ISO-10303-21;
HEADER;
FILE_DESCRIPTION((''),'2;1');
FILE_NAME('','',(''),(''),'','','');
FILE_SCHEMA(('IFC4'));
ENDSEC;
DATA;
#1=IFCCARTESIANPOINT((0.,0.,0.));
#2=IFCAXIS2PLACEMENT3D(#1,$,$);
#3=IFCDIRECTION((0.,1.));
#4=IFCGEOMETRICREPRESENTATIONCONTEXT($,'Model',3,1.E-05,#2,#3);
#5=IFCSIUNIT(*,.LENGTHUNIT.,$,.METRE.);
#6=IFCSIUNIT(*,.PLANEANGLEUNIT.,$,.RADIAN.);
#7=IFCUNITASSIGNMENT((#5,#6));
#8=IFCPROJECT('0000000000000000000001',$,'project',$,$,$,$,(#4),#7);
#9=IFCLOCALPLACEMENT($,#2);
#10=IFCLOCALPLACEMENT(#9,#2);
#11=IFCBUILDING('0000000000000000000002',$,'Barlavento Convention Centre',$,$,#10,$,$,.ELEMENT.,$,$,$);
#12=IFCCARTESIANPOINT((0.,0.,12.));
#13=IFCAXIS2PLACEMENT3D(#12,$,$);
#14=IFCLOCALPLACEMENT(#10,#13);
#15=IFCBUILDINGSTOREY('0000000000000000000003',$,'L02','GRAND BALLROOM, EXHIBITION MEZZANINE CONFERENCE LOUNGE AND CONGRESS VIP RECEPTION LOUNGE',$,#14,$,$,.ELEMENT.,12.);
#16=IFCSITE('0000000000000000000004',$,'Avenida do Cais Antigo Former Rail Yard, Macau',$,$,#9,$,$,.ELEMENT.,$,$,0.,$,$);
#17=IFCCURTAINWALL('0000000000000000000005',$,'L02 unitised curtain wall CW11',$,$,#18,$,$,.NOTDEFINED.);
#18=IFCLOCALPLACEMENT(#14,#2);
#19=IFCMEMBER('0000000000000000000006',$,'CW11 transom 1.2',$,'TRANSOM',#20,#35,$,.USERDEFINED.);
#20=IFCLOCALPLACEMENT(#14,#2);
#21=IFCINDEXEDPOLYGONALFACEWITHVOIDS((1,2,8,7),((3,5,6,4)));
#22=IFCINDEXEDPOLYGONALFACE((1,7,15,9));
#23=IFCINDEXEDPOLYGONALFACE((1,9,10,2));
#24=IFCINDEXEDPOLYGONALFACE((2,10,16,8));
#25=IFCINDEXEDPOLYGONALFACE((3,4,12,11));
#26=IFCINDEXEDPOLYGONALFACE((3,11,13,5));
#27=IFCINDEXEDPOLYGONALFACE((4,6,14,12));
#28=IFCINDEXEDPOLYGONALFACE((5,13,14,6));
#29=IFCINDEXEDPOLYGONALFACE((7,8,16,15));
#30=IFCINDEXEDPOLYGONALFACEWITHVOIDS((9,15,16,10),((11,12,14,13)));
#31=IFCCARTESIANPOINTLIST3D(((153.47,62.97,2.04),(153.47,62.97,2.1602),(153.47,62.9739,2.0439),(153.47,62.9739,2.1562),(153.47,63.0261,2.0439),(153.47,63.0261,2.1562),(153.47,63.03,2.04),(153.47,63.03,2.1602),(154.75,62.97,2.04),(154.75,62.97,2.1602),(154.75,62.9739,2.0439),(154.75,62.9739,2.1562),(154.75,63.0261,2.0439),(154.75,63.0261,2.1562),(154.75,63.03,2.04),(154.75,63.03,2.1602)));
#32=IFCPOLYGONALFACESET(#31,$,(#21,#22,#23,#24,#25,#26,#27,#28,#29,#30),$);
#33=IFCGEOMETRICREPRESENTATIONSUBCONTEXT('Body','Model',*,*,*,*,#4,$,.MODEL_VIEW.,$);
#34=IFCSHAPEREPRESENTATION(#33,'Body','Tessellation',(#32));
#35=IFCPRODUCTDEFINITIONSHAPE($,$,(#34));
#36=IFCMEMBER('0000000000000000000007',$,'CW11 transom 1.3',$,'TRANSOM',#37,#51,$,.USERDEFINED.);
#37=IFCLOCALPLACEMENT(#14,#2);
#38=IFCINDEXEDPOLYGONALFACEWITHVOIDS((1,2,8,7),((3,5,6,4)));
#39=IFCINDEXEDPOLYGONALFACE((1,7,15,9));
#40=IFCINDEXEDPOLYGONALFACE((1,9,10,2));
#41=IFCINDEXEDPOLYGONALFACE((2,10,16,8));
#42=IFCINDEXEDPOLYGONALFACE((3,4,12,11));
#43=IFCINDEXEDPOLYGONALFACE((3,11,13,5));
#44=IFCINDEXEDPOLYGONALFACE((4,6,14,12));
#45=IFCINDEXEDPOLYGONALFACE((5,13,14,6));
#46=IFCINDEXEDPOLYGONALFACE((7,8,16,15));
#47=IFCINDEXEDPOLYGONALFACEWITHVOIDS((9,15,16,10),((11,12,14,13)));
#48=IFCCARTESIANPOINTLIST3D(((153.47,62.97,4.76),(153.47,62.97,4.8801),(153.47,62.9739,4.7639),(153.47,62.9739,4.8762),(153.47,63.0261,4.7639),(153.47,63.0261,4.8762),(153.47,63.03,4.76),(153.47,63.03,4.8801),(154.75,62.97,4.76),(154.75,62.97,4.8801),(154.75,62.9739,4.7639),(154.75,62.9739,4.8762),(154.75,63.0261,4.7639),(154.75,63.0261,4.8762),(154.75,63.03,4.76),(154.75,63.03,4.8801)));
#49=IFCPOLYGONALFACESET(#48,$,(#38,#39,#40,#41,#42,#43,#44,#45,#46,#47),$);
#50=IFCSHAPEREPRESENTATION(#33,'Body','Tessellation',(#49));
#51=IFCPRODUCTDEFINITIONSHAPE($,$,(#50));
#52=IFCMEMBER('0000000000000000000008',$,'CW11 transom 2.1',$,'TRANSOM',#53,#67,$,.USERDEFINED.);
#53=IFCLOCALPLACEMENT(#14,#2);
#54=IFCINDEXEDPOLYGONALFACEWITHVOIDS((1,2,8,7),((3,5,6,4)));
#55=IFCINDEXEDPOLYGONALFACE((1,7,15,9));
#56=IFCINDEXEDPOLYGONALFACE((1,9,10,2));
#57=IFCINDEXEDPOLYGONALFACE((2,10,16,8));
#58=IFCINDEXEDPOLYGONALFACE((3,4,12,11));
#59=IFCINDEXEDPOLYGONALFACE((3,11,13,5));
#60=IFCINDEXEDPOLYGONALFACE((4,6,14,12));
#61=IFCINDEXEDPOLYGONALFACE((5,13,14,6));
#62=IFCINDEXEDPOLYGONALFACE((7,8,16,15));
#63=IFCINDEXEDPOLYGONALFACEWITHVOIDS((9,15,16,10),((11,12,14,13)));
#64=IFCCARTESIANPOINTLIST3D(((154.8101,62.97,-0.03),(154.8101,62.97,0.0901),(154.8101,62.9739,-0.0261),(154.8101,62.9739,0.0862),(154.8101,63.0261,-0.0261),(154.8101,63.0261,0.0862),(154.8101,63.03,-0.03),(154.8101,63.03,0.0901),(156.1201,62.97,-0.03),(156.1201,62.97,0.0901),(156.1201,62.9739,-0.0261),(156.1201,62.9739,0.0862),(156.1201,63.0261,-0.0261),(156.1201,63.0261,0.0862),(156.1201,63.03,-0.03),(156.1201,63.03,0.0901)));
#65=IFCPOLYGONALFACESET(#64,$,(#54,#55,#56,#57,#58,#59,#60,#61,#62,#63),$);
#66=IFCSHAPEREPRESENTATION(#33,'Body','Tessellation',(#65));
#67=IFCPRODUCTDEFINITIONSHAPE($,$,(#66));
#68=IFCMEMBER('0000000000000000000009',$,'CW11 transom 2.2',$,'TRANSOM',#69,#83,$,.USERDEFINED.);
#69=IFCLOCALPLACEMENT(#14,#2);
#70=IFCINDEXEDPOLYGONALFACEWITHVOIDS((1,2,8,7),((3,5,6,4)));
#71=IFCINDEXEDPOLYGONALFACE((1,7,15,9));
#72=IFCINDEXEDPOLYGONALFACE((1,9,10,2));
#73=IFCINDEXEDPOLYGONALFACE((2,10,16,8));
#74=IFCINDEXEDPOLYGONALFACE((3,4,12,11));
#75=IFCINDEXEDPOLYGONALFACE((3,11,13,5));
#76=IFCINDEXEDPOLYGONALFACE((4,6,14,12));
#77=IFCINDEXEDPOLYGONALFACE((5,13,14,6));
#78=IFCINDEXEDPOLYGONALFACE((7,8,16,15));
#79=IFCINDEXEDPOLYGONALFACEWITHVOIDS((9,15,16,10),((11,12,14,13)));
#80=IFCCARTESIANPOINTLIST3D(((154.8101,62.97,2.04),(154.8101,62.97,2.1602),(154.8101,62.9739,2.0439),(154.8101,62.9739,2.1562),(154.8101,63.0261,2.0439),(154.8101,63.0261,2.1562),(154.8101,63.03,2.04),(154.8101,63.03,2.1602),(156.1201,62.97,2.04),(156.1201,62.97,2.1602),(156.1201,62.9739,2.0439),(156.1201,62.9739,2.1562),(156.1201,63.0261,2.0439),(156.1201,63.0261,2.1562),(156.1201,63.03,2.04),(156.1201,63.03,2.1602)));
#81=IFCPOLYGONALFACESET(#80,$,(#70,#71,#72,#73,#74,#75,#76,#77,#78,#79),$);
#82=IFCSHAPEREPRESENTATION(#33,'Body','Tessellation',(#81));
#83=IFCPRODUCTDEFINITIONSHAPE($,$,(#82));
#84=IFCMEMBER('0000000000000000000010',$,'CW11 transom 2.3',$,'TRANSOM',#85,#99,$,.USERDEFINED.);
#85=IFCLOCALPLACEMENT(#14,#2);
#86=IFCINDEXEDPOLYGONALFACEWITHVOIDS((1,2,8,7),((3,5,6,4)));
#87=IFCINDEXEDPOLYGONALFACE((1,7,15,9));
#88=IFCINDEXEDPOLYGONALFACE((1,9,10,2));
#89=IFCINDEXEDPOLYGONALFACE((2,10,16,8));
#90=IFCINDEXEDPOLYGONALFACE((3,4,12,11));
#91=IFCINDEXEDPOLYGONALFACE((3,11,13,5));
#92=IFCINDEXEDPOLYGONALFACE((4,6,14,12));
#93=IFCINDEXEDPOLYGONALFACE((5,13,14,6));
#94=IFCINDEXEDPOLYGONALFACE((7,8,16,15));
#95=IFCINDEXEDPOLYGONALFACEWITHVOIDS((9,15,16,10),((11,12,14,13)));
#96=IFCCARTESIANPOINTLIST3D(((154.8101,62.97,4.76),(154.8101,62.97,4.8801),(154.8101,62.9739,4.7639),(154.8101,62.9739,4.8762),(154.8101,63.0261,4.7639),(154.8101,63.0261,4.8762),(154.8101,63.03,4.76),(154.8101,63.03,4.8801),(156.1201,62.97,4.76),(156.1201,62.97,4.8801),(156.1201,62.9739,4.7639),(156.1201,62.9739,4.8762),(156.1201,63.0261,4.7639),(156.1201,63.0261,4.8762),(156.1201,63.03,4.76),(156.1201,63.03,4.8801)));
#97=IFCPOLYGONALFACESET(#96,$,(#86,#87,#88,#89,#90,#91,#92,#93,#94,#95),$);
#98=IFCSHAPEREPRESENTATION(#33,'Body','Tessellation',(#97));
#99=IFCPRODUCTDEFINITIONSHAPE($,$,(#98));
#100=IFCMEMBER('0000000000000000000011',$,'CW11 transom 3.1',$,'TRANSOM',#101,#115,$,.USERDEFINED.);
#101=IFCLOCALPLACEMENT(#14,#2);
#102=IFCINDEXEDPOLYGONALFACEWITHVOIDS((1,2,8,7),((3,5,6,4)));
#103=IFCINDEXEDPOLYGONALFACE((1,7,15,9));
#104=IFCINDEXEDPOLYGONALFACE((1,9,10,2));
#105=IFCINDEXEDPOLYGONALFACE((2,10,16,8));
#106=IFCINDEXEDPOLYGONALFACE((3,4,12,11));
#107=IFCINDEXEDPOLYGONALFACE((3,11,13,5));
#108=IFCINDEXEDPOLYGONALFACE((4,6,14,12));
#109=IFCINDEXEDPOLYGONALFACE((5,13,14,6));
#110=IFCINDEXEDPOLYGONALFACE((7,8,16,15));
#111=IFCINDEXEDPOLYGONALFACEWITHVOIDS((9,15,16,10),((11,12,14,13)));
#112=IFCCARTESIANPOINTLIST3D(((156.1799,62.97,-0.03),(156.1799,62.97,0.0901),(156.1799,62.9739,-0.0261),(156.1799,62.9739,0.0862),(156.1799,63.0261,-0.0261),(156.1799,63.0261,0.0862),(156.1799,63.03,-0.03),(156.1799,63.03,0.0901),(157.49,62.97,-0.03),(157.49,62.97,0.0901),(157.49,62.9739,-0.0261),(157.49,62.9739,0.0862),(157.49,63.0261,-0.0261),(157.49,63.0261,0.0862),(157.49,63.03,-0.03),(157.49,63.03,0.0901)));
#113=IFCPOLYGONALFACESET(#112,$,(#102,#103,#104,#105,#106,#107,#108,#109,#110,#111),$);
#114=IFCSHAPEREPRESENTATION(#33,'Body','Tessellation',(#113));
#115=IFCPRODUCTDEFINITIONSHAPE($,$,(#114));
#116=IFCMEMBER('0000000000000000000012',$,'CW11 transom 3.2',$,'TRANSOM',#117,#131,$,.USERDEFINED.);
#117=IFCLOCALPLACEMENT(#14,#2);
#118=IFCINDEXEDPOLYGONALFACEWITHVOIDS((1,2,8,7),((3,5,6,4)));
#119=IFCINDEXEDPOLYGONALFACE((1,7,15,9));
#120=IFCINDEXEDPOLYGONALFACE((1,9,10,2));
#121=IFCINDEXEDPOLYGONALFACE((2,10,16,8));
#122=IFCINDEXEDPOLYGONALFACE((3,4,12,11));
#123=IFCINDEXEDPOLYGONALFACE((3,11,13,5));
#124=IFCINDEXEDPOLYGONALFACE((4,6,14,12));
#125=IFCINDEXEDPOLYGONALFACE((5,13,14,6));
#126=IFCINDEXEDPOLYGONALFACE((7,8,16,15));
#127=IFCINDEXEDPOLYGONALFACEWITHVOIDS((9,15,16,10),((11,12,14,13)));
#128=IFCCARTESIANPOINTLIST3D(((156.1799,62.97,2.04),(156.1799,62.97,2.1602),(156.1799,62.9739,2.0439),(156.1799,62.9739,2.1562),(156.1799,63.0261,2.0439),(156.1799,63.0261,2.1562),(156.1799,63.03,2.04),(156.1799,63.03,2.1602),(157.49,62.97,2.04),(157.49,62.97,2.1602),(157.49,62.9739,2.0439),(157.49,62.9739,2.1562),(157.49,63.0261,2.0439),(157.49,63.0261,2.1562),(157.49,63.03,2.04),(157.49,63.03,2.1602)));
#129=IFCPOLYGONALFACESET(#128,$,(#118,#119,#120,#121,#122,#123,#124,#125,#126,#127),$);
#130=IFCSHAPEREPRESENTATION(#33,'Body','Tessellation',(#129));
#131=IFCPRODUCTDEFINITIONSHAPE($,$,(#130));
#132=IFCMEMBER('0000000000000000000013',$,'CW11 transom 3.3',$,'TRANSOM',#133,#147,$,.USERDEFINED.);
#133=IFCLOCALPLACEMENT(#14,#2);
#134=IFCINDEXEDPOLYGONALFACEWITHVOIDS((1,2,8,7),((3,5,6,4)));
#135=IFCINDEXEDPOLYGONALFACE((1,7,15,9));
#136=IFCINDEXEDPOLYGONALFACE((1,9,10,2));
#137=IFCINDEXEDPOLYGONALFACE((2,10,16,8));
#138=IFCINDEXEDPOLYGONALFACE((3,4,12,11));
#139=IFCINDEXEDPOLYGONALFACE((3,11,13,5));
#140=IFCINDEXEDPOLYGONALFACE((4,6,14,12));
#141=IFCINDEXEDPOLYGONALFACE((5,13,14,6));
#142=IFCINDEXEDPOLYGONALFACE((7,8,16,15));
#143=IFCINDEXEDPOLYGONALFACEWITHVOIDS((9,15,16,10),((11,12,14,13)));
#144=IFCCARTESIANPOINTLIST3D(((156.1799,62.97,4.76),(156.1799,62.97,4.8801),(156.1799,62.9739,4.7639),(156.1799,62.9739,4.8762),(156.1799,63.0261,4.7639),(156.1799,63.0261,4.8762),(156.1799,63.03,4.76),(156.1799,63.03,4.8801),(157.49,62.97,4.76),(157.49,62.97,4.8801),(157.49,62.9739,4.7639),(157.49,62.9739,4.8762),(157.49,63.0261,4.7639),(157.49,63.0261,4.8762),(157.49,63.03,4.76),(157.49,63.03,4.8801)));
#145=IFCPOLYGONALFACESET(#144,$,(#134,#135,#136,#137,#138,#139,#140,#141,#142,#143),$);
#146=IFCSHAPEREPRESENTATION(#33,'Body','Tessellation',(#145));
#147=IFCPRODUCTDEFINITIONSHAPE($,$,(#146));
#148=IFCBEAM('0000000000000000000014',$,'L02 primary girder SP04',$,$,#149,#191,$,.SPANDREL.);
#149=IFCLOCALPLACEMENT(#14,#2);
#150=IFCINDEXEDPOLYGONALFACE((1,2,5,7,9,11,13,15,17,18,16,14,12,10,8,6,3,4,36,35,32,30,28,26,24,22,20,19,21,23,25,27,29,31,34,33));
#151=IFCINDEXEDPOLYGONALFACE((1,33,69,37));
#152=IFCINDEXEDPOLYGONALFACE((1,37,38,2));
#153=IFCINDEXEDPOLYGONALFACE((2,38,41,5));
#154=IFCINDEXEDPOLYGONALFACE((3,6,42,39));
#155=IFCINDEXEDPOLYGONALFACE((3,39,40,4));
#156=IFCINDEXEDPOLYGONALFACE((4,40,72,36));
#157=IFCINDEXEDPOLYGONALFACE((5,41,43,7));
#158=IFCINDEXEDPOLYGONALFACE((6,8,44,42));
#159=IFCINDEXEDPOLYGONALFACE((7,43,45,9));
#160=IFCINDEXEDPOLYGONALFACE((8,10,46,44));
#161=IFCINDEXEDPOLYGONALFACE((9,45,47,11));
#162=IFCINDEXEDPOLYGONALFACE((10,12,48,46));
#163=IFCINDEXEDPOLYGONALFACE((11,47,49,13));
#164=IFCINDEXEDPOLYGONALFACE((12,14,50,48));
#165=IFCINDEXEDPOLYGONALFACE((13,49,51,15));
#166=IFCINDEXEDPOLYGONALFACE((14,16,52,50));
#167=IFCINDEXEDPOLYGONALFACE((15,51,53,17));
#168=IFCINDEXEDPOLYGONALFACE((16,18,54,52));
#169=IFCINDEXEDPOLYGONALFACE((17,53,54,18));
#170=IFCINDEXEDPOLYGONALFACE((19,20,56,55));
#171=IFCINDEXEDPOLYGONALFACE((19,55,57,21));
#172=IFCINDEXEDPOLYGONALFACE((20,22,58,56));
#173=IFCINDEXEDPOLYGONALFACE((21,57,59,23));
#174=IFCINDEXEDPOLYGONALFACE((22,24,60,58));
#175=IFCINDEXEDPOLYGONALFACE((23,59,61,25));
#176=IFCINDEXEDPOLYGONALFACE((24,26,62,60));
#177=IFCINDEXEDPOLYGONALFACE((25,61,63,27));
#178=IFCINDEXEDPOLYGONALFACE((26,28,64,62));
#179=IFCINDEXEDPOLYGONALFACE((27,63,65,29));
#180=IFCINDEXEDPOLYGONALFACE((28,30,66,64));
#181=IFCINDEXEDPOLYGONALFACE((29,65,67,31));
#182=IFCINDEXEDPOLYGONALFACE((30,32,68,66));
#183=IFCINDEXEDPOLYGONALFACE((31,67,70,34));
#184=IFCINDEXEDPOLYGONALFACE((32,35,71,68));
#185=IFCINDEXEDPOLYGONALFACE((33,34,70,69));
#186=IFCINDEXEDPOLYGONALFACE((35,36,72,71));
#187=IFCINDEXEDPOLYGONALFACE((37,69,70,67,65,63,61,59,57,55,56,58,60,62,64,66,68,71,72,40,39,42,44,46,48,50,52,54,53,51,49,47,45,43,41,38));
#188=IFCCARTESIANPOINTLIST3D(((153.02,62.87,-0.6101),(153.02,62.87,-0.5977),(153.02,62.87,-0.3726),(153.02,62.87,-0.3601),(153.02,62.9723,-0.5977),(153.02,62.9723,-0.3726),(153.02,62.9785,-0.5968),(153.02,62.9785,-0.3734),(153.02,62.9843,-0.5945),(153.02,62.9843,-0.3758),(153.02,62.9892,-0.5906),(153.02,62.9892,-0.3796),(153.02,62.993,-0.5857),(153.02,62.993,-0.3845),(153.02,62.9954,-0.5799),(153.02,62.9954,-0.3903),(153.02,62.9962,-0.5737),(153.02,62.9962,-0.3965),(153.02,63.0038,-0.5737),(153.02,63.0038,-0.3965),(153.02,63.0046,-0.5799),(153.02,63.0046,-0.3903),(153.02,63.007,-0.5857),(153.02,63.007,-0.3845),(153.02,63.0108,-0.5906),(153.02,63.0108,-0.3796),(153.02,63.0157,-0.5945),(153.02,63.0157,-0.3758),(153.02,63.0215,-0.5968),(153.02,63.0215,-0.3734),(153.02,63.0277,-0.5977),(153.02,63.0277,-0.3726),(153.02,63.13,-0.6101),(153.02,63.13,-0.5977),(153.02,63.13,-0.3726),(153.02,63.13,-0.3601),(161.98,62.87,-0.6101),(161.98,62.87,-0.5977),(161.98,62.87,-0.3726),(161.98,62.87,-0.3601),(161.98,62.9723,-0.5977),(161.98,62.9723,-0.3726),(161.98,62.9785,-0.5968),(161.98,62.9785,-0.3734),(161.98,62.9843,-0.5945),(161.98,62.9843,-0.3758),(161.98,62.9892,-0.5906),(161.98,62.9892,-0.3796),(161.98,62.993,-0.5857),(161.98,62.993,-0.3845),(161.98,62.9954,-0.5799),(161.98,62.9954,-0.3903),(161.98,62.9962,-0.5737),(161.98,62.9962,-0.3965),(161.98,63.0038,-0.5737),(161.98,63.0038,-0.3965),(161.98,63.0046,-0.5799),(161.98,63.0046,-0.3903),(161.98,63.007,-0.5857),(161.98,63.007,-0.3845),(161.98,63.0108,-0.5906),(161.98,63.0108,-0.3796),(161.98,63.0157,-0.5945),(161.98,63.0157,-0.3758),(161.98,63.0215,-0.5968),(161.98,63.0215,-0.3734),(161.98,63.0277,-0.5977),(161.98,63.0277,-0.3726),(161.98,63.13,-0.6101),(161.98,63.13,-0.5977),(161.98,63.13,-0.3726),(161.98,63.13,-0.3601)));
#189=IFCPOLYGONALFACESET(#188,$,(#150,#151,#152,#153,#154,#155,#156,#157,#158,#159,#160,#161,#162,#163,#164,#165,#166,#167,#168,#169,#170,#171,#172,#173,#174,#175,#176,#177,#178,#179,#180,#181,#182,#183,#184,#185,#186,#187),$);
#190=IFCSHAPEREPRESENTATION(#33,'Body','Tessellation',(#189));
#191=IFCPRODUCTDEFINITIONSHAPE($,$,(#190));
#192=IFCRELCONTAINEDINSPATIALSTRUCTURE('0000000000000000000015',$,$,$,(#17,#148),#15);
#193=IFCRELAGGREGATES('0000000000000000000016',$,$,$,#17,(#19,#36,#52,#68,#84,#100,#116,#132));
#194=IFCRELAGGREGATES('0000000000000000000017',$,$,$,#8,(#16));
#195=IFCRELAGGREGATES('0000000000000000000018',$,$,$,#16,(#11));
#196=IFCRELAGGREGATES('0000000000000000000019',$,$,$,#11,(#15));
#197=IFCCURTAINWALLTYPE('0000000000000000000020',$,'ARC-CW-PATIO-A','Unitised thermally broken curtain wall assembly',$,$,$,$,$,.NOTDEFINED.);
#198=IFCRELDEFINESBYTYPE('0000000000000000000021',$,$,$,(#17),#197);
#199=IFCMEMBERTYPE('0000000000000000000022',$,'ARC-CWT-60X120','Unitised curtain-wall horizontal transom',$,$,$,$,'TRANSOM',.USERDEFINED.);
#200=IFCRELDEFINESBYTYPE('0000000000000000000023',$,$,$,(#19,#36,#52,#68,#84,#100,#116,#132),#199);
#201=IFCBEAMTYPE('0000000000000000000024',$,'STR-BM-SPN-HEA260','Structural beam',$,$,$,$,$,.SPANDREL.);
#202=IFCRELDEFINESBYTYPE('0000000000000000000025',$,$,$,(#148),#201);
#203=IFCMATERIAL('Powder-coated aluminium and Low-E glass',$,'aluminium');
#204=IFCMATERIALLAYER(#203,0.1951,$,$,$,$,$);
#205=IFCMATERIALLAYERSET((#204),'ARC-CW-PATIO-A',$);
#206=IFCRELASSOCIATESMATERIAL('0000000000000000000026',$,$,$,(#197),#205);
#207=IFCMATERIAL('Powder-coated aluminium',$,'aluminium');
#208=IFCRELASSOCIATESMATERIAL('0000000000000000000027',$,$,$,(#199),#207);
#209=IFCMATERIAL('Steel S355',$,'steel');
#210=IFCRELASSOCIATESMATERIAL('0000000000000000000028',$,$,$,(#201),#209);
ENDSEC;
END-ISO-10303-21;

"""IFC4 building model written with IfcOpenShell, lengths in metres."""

from ifc_helpers import new_model, si_unit, direction, frame, origin, origin_2d, place, context, subcontext, project, spatial, hollow_rectangle, i_section, extrude, material, layer, layer_set, material_profile, profile_set, type_object, element, aggregate, save


model = new_model("IFC4")

# Units and contexts
model_context = context("Model", 3, precision=1e-05, world=origin(), true_north=direction((0.0, 1.0)))
body_context = subcontext(model_context, "Body", "Model", "MODEL_VIEW")
ifc_project = project(units=[si_unit("LENGTHUNIT", "METRE"), si_unit("PLANEANGLEUNIT", "RADIAN")], contexts=[model_context])

# Site, building, storey
site_placement = place(None, origin())
site = spatial("IfcSite", under=ifc_project, at=site_placement, Name="Avenida do Cais Antigo Former Rail Yard, Macau", CompositionType="ELEMENT", RefElevation=0.0)
building_placement = place(site_placement, origin())
building = spatial("IfcBuilding", under=site, at=building_placement, Name="Barlavento Convention Centre", CompositionType="ELEMENT")
storey_placement = place(building_placement, frame((0.0, 0.0, 12.0)))
storey = spatial("IfcBuildingStorey", under=building, at=storey_placement, Name="L02", Description="GRAND BALLROOM, EXHIBITION MEZZANINE CONFERENCE LOUNGE AND CONGRESS VIP RECEPTION LOUNGE", CompositionType="ELEMENT", Elevation=12.0)

# Curtain wall
ifc_material_1 = material(Name="Powder-coated aluminium and Low-E glass", Category="aluminium")
ifc_layer_1 = layer(ifc_material_1, 0.1951)
ifc_layer_set_1 = layer_set([ifc_layer_1], Name="ARC-CW-PATIO-A")
curtain_wall_type = type_object("IfcCurtainWallType", Name="ARC-CW-PATIO-A", Description="Unitised thermally broken curtain wall assembly", PredefinedType="NOTDEFINED", material=ifc_layer_set_1)
ifc_material_2 = material(Name="Powder-coated aluminium", Category="aluminium")
curtain_wall_1_placement = place(storey_placement, origin())
curtain_wall_1 = element("IfcCurtainWall", 1, at=curtain_wall_1_placement, inside=storey, type_object=curtain_wall_type, Name="L02 unitised curtain wall CW11", PredefinedType="NOTDEFINED")

# Members
ifc_material_profile_1 = material_profile(ifc_material_2, hollow_rectangle(XDim=0.0601, YDim=0.1201, WallThickness=0.0039, at=origin_2d()), Name="AL-TRAN 60x120x4")
ifc_profile_set_1 = profile_set([ifc_material_profile_1], Name="Powder-coated aluminium")
member_type_1 = type_object("IfcMemberType", Name="ARC-CWT-60X120", Description="Unitised curtain-wall horizontal transom", ElementType="TRANSOM", PredefinedType="USERDEFINED", material=ifc_profile_set_1)
member_1_placement = place(storey_placement, frame((153.47, 63.0, 2.1001), z_axis=(1.0, 0.0, 0.0), x_axis=(0.0, 1.0, 0.0)))
member_1 = element("IfcMember", 2, at=member_1_placement, type_object=member_type_1, Name="CW11 transom 1.2", ObjectType="TRANSOM", PredefinedType="USERDEFINED", context=body_context, shape_type="SweptSolid", body=[
    extrude(hollow_rectangle(XDim=0.0601, YDim=0.1201, WallThickness=0.0039, at=origin_2d()), origin(), (0.0, 0.0, 1.0), 1.28),
])
member_2_placement = place(storey_placement, frame((153.47, 63.0, 4.8201), z_axis=(1.0, 0.0, 0.0), x_axis=(0.0, 1.0, 0.0)))
member_2 = element("IfcMember", 3, at=member_2_placement, type_object=member_type_1, Name="CW11 transom 1.3", ObjectType="TRANSOM", PredefinedType="USERDEFINED", context=body_context, shape_type="SweptSolid", body=[
    extrude(hollow_rectangle(XDim=0.0601, YDim=0.1201, WallThickness=0.0039, at=origin_2d()), origin(), (0.0, 0.0, 1.0), 1.28),
])
member_3_placement = place(storey_placement, frame((154.8101, 63.0, 0.03), z_axis=(1.0, 0.0, 0.0), x_axis=(0.0, 1.0, 0.0)))
member_3 = element("IfcMember", 4, at=member_3_placement, type_object=member_type_1, Name="CW11 transom 2.1", ObjectType="TRANSOM", PredefinedType="USERDEFINED", context=body_context, shape_type="SweptSolid", body=[
    extrude(hollow_rectangle(XDim=0.0601, YDim=0.1201, WallThickness=0.0039, at=origin_2d()), origin(), (0.0, 0.0, 1.0), 1.3101),
])
member_4_placement = place(storey_placement, frame((154.8101, 63.0, 2.1001), z_axis=(1.0, 0.0, 0.0), x_axis=(0.0, 1.0, 0.0)))
member_4 = element("IfcMember", 5, at=member_4_placement, type_object=member_type_1, Name="CW11 transom 2.2", ObjectType="TRANSOM", PredefinedType="USERDEFINED", context=body_context, shape_type="SweptSolid", body=[
    extrude(hollow_rectangle(XDim=0.0601, YDim=0.1201, WallThickness=0.0039, at=origin_2d()), origin(), (0.0, 0.0, 1.0), 1.3101),
])
member_5_placement = place(storey_placement, frame((154.8101, 63.0, 4.8201), z_axis=(1.0, 0.0, 0.0), x_axis=(0.0, 1.0, 0.0)))
member_5 = element("IfcMember", 6, at=member_5_placement, type_object=member_type_1, Name="CW11 transom 2.3", ObjectType="TRANSOM", PredefinedType="USERDEFINED", context=body_context, shape_type="SweptSolid", body=[
    extrude(hollow_rectangle(XDim=0.0601, YDim=0.1201, WallThickness=0.0039, at=origin_2d()), origin(), (0.0, 0.0, 1.0), 1.3101),
])
member_6_placement = place(storey_placement, frame((156.1799, 63.0, 0.03), z_axis=(1.0, 0.0, 0.0), x_axis=(0.0, 1.0, 0.0)))
member_6 = element("IfcMember", 7, at=member_6_placement, type_object=member_type_1, Name="CW11 transom 3.1", ObjectType="TRANSOM", PredefinedType="USERDEFINED", context=body_context, shape_type="SweptSolid", body=[
    extrude(hollow_rectangle(XDim=0.0601, YDim=0.1201, WallThickness=0.0039, at=origin_2d()), origin(), (0.0, 0.0, 1.0), 1.3101),
])
member_7_placement = place(storey_placement, frame((156.1799, 63.0, 2.1001), z_axis=(1.0, 0.0, 0.0), x_axis=(0.0, 1.0, 0.0)))
member_7 = element("IfcMember", 8, at=member_7_placement, type_object=member_type_1, Name="CW11 transom 3.2", ObjectType="TRANSOM", PredefinedType="USERDEFINED", context=body_context, shape_type="SweptSolid", body=[
    extrude(hollow_rectangle(XDim=0.0601, YDim=0.1201, WallThickness=0.0039, at=origin_2d()), origin(), (0.0, 0.0, 1.0), 1.3101),
])
member_8_placement = place(storey_placement, frame((156.1799, 63.0, 4.8201), z_axis=(1.0, 0.0, 0.0), x_axis=(0.0, 1.0, 0.0)))
member_8 = element("IfcMember", 9, at=member_8_placement, type_object=member_type_1, Name="CW11 transom 3.3", ObjectType="TRANSOM", PredefinedType="USERDEFINED", context=body_context, shape_type="SweptSolid", body=[
    extrude(hollow_rectangle(XDim=0.0601, YDim=0.1201, WallThickness=0.0039, at=origin_2d()), origin(), (0.0, 0.0, 1.0), 1.3101),
])

# Beam
ifc_material_3 = material(Name="Steel S355", Category="steel")
ifc_material_profile_2 = material_profile(ifc_material_3, i_section(OverallWidth=0.26, OverallDepth=0.25, WebThickness=0.0076, FlangeThickness=0.0125, FilletRadius=0.0239, at=origin_2d()), Name="HEA 260")
ifc_profile_set_2 = profile_set([ifc_material_profile_2], Name="Steel S355")
beam_type = type_object("IfcBeamType", Name="STR-BM-SPN-HEA260", Description="Structural beam", PredefinedType="SPANDREL", material=ifc_profile_set_2)
beam_placement = place(storey_placement, frame((153.02, 63.0, -0.4851), z_axis=(1.0, 0.0, 0.0), x_axis=(0.0, 1.0, 0.0)))
element("IfcBeam", 10, at=beam_placement, inside=storey, type_object=beam_type, Name="L02 primary girder SP04", PredefinedType="SPANDREL", context=body_context, shape_type="SweptSolid", body=[
    extrude(i_section(OverallWidth=0.26, OverallDepth=0.25, WebThickness=0.0076, FlangeThickness=0.0125, FilletRadius=0.0239, at=origin_2d()), origin(), (0.0, 0.0, 1.0), 8.96),
])

aggregate(curtain_wall_1, [member_1, member_2, member_3, member_4, member_5, member_6, member_7, member_8])

save(model, "model.ifc")
